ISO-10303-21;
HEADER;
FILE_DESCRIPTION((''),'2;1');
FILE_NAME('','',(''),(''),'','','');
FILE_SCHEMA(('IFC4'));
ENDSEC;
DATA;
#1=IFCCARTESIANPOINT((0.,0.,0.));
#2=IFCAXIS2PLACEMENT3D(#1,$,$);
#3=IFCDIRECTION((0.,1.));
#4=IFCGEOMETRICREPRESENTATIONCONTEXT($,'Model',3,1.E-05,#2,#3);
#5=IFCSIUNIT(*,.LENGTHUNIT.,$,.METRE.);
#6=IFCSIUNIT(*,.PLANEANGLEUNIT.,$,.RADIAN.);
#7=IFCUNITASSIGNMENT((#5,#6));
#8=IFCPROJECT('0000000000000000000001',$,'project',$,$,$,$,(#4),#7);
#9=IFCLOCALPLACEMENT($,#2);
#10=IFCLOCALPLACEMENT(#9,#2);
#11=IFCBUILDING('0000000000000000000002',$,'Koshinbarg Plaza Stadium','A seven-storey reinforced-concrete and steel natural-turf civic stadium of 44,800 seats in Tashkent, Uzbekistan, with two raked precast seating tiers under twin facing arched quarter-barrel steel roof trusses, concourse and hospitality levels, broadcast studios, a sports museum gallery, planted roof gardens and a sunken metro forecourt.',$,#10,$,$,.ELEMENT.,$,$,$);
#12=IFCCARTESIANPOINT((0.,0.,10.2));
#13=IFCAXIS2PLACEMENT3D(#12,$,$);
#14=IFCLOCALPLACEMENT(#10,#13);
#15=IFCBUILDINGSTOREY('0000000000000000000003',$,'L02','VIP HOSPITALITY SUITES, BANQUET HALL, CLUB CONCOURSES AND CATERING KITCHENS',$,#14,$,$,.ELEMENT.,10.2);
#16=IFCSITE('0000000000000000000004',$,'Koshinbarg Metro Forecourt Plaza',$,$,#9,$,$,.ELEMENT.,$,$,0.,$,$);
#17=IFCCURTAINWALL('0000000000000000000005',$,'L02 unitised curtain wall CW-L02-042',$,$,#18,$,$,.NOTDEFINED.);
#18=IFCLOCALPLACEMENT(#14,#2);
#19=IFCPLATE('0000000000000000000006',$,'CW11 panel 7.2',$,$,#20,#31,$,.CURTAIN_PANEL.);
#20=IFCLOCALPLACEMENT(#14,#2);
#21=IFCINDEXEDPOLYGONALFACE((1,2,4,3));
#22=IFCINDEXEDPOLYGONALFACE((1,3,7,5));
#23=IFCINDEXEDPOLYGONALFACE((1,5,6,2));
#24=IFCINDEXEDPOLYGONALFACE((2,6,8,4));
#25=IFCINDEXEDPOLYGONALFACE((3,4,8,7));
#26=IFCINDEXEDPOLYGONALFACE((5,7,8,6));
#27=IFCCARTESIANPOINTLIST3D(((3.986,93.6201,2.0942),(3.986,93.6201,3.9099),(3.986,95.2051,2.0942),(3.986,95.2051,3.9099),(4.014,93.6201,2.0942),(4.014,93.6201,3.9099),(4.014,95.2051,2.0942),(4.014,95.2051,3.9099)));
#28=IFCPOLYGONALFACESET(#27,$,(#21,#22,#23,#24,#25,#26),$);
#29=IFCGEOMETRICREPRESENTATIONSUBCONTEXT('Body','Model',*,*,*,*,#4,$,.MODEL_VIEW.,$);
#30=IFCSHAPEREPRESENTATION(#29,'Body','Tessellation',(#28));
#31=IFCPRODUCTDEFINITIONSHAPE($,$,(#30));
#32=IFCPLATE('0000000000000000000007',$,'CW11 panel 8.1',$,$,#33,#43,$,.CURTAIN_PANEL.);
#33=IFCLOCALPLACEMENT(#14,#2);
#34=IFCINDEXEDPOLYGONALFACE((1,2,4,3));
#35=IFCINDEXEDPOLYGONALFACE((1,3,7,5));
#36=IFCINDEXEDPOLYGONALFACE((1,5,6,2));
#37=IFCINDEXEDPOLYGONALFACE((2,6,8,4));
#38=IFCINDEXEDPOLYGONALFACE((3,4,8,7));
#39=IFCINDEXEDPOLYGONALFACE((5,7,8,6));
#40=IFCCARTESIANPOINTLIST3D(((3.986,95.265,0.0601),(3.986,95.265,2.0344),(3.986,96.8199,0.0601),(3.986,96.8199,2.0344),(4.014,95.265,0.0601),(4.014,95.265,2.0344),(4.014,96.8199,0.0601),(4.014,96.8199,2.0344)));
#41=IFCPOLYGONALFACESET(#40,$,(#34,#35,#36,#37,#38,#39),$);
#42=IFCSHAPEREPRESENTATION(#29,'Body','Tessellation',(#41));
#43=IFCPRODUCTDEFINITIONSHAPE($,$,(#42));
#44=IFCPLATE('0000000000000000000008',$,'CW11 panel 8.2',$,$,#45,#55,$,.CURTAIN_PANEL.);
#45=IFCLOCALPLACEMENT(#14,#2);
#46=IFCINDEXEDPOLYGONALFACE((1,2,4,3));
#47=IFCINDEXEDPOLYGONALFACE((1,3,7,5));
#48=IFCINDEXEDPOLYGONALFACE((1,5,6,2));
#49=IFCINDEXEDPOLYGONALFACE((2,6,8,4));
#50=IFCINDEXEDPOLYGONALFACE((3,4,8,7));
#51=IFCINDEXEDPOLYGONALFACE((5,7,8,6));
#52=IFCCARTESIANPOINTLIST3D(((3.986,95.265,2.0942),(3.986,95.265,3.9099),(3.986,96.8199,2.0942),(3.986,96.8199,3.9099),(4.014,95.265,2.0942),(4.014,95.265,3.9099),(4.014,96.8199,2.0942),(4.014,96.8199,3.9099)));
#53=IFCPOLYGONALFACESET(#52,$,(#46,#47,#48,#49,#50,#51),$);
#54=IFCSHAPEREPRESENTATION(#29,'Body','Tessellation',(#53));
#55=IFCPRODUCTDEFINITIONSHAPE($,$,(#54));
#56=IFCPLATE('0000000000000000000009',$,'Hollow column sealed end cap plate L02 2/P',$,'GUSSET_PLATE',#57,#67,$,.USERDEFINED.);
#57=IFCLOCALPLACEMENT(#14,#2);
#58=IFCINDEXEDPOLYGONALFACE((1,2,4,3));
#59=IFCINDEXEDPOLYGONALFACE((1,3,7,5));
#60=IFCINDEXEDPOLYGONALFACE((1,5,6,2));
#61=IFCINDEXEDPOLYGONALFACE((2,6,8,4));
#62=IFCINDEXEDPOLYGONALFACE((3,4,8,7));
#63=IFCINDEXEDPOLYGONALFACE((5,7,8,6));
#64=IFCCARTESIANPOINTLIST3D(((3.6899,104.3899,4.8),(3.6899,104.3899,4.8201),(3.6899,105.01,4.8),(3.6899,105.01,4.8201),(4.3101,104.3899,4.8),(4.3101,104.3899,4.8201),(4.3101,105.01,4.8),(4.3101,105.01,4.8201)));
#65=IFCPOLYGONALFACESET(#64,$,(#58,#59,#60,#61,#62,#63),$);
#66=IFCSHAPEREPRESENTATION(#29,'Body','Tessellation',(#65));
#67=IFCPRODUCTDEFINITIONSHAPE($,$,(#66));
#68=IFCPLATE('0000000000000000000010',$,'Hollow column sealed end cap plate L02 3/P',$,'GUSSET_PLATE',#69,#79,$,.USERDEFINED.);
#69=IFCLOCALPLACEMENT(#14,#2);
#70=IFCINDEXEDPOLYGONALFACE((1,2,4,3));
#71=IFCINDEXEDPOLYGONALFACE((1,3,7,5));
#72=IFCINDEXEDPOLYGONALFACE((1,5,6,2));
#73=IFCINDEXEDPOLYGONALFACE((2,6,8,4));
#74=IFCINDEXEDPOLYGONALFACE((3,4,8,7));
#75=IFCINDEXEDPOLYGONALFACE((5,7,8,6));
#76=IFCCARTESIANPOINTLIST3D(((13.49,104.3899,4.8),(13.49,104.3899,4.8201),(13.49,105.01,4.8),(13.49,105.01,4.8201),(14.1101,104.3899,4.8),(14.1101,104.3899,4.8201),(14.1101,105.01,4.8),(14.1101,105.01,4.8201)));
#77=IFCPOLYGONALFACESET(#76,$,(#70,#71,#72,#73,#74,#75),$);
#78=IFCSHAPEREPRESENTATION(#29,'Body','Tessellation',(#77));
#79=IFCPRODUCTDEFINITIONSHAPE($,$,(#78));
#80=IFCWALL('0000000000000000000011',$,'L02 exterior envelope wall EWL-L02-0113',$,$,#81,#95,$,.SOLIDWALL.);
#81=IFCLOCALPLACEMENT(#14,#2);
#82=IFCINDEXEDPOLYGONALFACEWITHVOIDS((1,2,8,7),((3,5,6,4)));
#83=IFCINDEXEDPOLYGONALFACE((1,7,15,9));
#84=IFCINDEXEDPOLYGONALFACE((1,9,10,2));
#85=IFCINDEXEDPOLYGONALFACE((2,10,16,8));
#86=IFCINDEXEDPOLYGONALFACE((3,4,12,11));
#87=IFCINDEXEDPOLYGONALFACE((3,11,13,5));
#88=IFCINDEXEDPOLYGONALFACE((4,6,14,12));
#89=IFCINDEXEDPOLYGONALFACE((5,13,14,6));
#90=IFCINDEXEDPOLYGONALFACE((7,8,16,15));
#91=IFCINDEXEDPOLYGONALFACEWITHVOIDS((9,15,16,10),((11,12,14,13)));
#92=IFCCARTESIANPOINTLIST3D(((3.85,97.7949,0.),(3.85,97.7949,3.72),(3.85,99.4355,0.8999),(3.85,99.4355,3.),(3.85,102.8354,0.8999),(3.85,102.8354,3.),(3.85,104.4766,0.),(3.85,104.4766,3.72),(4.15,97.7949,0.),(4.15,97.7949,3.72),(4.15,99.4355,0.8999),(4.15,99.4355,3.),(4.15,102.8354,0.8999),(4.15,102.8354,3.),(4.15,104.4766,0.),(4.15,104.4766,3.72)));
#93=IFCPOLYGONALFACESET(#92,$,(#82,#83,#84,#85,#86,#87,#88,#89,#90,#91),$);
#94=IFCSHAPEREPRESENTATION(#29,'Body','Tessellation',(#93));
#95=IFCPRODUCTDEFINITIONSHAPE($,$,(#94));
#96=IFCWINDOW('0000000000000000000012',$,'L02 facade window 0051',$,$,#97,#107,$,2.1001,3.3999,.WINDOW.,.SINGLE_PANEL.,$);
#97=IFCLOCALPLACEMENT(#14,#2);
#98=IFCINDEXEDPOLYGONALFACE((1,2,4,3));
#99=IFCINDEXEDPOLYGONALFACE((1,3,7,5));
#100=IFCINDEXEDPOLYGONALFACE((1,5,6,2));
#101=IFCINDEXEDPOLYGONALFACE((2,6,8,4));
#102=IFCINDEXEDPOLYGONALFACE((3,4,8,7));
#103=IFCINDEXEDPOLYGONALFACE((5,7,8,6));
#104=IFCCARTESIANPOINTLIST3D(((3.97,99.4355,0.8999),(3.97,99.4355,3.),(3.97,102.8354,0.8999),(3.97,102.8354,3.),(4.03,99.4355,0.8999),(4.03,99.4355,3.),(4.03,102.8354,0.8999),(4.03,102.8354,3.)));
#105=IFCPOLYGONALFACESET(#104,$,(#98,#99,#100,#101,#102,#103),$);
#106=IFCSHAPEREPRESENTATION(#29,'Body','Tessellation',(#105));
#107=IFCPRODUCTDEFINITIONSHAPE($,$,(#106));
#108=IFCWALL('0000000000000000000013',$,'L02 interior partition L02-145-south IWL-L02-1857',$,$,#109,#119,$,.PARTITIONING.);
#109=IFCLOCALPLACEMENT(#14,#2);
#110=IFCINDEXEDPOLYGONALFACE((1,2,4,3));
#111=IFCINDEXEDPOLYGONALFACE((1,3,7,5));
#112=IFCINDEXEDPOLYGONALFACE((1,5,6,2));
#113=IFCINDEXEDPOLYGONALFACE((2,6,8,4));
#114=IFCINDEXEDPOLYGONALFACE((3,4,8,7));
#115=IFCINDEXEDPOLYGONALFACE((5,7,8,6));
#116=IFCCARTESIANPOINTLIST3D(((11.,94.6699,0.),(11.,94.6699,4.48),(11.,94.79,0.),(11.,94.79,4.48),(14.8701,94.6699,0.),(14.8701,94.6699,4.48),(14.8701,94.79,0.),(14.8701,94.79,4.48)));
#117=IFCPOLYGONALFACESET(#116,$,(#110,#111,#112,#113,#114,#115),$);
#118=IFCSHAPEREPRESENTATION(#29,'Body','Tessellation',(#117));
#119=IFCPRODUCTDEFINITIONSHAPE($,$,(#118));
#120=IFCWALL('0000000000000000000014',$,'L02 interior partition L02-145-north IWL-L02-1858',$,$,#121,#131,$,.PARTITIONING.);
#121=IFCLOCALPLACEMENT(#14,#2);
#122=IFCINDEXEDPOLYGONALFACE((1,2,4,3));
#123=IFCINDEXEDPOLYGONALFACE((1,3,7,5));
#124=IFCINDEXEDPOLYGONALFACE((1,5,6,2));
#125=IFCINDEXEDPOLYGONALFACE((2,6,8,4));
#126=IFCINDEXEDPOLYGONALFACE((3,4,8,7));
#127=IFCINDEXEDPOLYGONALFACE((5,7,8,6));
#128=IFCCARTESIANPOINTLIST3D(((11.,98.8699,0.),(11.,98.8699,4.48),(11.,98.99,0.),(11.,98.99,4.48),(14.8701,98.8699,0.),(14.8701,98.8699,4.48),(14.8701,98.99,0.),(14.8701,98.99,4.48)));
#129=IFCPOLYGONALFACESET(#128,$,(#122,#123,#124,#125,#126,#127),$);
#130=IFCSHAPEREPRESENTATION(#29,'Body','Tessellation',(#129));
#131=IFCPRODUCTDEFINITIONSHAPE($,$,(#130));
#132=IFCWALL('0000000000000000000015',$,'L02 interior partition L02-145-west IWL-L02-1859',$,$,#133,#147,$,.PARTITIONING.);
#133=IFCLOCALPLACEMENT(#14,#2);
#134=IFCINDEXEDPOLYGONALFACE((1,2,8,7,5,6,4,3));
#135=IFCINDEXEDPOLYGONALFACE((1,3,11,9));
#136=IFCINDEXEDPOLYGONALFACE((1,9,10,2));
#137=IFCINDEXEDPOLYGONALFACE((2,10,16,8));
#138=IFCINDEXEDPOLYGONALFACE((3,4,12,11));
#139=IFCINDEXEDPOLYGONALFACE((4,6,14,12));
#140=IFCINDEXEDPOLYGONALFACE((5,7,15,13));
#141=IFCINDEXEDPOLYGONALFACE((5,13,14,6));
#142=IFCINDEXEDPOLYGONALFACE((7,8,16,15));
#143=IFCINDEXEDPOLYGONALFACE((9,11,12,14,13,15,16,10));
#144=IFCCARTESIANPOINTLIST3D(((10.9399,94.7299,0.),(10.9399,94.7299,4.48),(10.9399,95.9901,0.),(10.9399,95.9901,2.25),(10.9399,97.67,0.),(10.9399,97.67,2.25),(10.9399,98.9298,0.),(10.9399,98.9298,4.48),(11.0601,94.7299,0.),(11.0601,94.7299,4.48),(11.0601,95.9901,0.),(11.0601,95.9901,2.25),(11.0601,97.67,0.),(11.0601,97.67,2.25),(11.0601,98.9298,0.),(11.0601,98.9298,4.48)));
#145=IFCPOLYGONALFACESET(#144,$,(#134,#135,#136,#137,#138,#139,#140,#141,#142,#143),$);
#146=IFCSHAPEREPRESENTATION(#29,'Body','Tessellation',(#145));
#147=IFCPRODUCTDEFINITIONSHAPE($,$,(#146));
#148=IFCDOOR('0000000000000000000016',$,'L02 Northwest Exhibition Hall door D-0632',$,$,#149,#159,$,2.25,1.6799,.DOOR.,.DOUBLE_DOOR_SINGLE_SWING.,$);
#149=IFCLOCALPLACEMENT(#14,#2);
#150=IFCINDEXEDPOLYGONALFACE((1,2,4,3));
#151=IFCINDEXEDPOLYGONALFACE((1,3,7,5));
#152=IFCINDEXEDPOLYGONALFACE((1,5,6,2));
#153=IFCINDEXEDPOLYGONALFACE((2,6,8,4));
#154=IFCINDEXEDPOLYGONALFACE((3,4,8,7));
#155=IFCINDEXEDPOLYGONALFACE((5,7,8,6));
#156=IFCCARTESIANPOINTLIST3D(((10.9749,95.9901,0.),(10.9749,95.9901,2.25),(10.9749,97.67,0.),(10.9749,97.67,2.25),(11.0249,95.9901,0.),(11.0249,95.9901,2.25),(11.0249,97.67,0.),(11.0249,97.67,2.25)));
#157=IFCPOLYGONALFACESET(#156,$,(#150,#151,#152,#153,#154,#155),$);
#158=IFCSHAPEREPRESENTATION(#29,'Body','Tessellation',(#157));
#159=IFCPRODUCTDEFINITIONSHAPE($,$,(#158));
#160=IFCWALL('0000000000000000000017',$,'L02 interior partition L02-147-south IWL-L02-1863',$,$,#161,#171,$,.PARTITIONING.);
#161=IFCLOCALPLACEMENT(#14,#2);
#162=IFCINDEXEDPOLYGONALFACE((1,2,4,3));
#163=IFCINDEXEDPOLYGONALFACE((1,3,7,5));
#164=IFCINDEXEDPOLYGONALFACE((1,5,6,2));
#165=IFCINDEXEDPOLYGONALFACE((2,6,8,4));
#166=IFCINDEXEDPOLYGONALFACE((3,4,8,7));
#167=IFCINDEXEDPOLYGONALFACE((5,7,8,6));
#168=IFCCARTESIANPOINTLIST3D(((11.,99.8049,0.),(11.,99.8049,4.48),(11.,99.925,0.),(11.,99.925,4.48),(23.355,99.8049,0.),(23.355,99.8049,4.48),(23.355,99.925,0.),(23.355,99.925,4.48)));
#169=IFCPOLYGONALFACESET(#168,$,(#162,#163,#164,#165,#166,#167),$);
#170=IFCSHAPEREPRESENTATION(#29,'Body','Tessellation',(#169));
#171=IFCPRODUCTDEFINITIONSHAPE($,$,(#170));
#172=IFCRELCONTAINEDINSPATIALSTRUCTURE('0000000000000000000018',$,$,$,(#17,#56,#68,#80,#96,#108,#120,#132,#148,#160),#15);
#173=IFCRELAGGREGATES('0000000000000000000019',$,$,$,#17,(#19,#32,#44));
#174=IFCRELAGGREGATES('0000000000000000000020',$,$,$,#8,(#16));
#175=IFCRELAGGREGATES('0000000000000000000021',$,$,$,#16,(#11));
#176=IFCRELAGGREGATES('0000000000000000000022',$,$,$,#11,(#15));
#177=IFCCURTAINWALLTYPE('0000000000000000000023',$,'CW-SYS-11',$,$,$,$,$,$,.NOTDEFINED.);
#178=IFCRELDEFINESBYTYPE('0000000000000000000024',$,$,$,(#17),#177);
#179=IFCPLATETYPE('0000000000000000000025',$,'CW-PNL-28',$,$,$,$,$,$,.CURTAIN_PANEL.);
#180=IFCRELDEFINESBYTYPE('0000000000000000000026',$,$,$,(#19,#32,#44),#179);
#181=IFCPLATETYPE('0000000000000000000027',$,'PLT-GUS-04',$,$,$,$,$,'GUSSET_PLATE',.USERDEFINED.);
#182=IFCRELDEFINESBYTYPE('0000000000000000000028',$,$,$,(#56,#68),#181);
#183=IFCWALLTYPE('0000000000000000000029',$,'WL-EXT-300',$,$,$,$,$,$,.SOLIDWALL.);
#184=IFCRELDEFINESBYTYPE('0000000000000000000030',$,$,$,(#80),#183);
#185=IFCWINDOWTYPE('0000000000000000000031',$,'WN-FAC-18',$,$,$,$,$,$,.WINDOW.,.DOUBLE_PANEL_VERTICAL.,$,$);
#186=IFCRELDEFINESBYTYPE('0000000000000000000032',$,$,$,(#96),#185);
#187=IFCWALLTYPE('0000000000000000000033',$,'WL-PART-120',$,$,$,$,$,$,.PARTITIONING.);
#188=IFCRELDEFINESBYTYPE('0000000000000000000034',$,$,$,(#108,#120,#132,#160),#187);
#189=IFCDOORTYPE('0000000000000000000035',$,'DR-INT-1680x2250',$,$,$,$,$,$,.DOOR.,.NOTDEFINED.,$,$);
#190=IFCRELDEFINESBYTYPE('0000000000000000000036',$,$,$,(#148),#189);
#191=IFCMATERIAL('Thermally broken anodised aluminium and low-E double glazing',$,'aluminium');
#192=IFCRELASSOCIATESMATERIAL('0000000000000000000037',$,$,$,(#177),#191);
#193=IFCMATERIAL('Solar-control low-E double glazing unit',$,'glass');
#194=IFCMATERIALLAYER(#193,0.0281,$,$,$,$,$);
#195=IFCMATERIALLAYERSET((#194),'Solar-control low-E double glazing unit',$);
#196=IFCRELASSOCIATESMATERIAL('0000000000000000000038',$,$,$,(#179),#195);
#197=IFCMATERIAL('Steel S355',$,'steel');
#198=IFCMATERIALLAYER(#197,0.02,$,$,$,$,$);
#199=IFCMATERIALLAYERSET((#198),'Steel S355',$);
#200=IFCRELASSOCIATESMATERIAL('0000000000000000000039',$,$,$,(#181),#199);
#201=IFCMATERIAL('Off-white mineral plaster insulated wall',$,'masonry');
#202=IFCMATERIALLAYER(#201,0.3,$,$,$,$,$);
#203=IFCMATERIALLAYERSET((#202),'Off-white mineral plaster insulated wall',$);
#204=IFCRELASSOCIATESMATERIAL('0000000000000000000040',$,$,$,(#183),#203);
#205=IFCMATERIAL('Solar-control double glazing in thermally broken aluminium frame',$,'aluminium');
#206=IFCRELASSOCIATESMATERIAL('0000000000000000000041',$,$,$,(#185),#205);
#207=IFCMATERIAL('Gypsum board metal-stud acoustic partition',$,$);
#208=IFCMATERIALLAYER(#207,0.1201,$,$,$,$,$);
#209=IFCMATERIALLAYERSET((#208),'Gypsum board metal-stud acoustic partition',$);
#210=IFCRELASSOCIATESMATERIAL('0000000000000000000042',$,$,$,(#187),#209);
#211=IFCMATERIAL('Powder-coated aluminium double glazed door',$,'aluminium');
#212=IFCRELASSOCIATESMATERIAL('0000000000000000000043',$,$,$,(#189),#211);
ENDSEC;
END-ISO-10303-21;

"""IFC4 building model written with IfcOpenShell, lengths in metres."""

from ifc_helpers import new_model, si_unit, direction, frame, frame_2d, origin, origin_2d, place, context, subcontext, project, spatial, rectangle, extrude, material, layer, layer_set, type_object, element, fill, aggregate, save


model = new_model("IFC4")

# Units and contexts
model_context = context("Model", 3, precision=1e-05, world=origin(), true_north=direction((0.0, 1.0)))
body_context = subcontext(model_context, "Body", "Model", "MODEL_VIEW")
ifc_project = project(units=[si_unit("LENGTHUNIT", "METRE"), si_unit("PLANEANGLEUNIT", "RADIAN")], contexts=[model_context])

# Site, building, storey
site_placement = place(None, origin())
site = spatial("IfcSite", under=ifc_project, at=site_placement, Name="Koshinbarg Metro Forecourt Plaza", CompositionType="ELEMENT", RefElevation=0.0)
building_placement = place(site_placement, origin())
building = spatial("IfcBuilding", under=site, at=building_placement, Name="Koshinbarg Plaza Stadium", Description="A seven-storey reinforced-concrete and steel natural-turf civic stadium of 44,800 seats in Tashkent, Uzbekistan, with two raked precast seating tiers under twin facing arched quarter-barrel steel roof trusses, concourse and hospitality levels, broadcast studios, a sports museum gallery, planted roof gardens and a sunken metro forecourt.", CompositionType="ELEMENT")
storey_placement = place(building_placement, frame((0.0, 0.0, 10.2)))
storey = spatial("IfcBuildingStorey", under=building, at=storey_placement, Name="L02", Description="VIP HOSPITALITY SUITES, BANQUET HALL, CLUB CONCOURSES AND CATERING KITCHENS", CompositionType="ELEMENT", Elevation=10.2)

# Shared definitions
ifc_material_1 = material(Name="Steel S355", Category="steel")

# Curtain wall
ifc_material_2 = material(Name="Thermally broken anodised aluminium and low-E double glazing", Category="aluminium")
curtain_wall_type_1 = type_object("IfcCurtainWallType", Name="CW-SYS-11", PredefinedType="NOTDEFINED", material=ifc_material_2)
curtain_wall_1_placement = place(storey_placement, origin())
curtain_wall_1 = element("IfcCurtainWall", 1, at=curtain_wall_1_placement, inside=storey, type_object=curtain_wall_type_1, Name="L02 unitised curtain wall CW-L02-042", PredefinedType="NOTDEFINED")

# Plates
ifc_material_3 = material(Name="Solar-control low-E double glazing unit", Category="glass")
ifc_layer_1 = layer(ifc_material_3, 0.0281)
ifc_layer_set_1 = layer_set([ifc_layer_1], Name="Solar-control low-E double glazing unit")
plate_type_1 = type_object("IfcPlateType", Name="CW-PNL-28", PredefinedType="CURTAIN_PANEL", material=ifc_layer_set_1)
plate_1_placement = place(storey_placement, frame((4.0, 94.4126, 2.0942), z_axis=(0.0, 0.0, 1.0), x_axis=(0.0, 1.0, 0.0)))
plate_1 = element("IfcPlate", 2, at=plate_1_placement, type_object=plate_type_1, Name="CW11 panel 7.2", PredefinedType="CURTAIN_PANEL", context=body_context, shape_type="SweptSolid", body=[
    extrude(rectangle(XDim=1.585, YDim=0.0281, at=origin_2d()), origin(), (0.0, 0.0, 1.0), 1.8157),
])
plate_2_placement = place(storey_placement, frame((4.0, 96.0425, 0.0601), z_axis=(0.0, 0.0, 1.0), x_axis=(0.0, 1.0, 0.0)))
plate_2 = element("IfcPlate", 3, at=plate_2_placement, type_object=plate_type_1, Name="CW11 panel 8.1", PredefinedType="CURTAIN_PANEL", context=body_context, shape_type="SweptSolid", body=[
    extrude(rectangle(XDim=1.5549, YDim=0.0281, at=origin_2d()), origin(), (0.0, 0.0, 1.0), 1.9744),
])
plate_3_placement = place(storey_placement, frame((4.0, 96.0425, 2.0942), z_axis=(0.0, 0.0, 1.0), x_axis=(0.0, 1.0, 0.0)))
plate_3 = element("IfcPlate", 4, at=plate_3_placement, type_object=plate_type_1, Name="CW11 panel 8.2", PredefinedType="CURTAIN_PANEL", context=body_context, shape_type="SweptSolid", body=[
    extrude(rectangle(XDim=1.5549, YDim=0.0281, at=origin_2d()), origin(), (0.0, 0.0, 1.0), 1.8157),
])
aggregate(curtain_wall_1, [plate_1, plate_2, plate_3])

# Plates
ifc_layer_2 = layer(ifc_material_1, 0.02)
ifc_layer_set_2 = layer_set([ifc_layer_2], Name="Steel S355")
plate_type_2 = type_object("IfcPlateType", Name="PLT-GUS-04", ElementType="GUSSET_PLATE", PredefinedType="USERDEFINED", material=ifc_layer_set_2)
for number, where, z_axis, x_axis, name in (
    (5, (4.0, 104.7, 4.8), (0.0, 0.0, 1.0), (1.0, 0.0, 0.0), "Hollow column sealed end cap plate L02 2/P"),
    (6, (13.8, 104.7, 4.8), (0.0, 0.0, 1.0), (1.0, 0.0, 0.0), "Hollow column sealed end cap plate L02 3/P"),
):
    element("IfcPlate", number, at=place(storey_placement, frame(where, z_axis=z_axis, x_axis=x_axis)), inside=storey, type_object=plate_type_2, Name=name, ObjectType="GUSSET_PLATE", PredefinedType="USERDEFINED", context=body_context, shape_type="SweptSolid", body=[
        extrude(rectangle(XDim=0.6201, YDim=0.6201, at=origin_2d()), origin(), (0.0, 0.0, 1.0), 0.02),
    ])

# Wall, opening, window
ifc_material_4 = material(Name="Off-white mineral plaster insulated wall", Category="masonry")
ifc_layer_3 = layer(ifc_material_4, 0.3)
ifc_layer_set_3 = layer_set([ifc_layer_3], Name="Off-white mineral plaster insulated wall")
wall_type_1 = type_object("IfcWallType", Name="WL-EXT-300", PredefinedType="SOLIDWALL", material=ifc_layer_set_3)
wall_1_placement = place(storey_placement, frame((4.0, 97.7949, 0.0), z_axis=(0.0, 0.0, 1.0), x_axis=(0.0, 1.0, 0.0)))
wall_1 = element("IfcWall", 7, at=wall_1_placement, inside=storey, type_object=wall_type_1, Name="L02 exterior envelope wall EWL-L02-0113", PredefinedType="SOLIDWALL", context=body_context, shape_type="SweptSolid", body=[
    extrude(rectangle(XDim=6.6816, YDim=0.3, at=frame_2d((3.3408, 0.0))), origin(), (0.0, 0.0, 1.0), 3.72),
])
opening_1_placement = place(wall_1_placement, frame((1.6406, 0.0, 0.8999)))
opening_1 = element("IfcOpeningElement", 8, at=opening_1_placement, cuts=wall_1, PredefinedType="OPENING", context=body_context, shape_type="SweptSolid", body=[
    extrude(rectangle(XDim=3.3999, YDim=2.1001, at=frame_2d((1.7, 1.05))), frame((0.0, 0.1599, 0.0), z_axis=(0.0, -1.0, 0.0), x_axis=(1.0, 0.0, 0.0)), (0.0, 0.0, 1.0), 0.3201),
])
ifc_material_5 = material(Name="Solar-control double glazing in thermally broken aluminium frame", Category="aluminium")
window_type = type_object("IfcWindowType", Name="WN-FAC-18", PartitioningType="DOUBLE_PANEL_VERTICAL", PredefinedType="WINDOW", material=ifc_material_5)
window_placement = place(opening_1_placement, origin())
window = element("IfcWindow", 9, at=window_placement, inside=storey, type_object=window_type, Name="L02 facade window 0051", OverallHeight=2.1001, OverallWidth=3.3999, PartitioningType="SINGLE_PANEL", PredefinedType="WINDOW", context=body_context, shape_type="SweptSolid", body=[
    extrude(rectangle(XDim=3.3999, YDim=2.1001, at=frame_2d((1.7, 1.05))), frame((0.0, 0.03, 0.0), z_axis=(0.0, -1.0, 0.0), x_axis=(1.0, 0.0, 0.0)), (0.0, 0.0, 1.0), 0.0601),
])
fill(opening_1, window)

# Walls
ifc_material_6 = material(Name="Gypsum board metal-stud acoustic partition")
ifc_layer_4 = layer(ifc_material_6, 0.1201)
ifc_layer_set_4 = layer_set([ifc_layer_4], Name="Gypsum board metal-stud acoustic partition")
wall_type_2 = type_object("IfcWallType", Name="WL-PART-120", PredefinedType="PARTITIONING", material=ifc_layer_set_4)
for number, where, z_axis, x_axis, name in (
    (10, (11.0, 94.73, 0.0), (0.0, 0.0, 1.0), (1.0, 0.0, 0.0), "L02 interior partition L02-145-south IWL-L02-1857"),
    (11, (14.8701, 98.9299, 0.0), (0.0, 0.0, 1.0), (-1.0, 0.0, 0.0), "L02 interior partition L02-145-north IWL-L02-1858"),
):
    element("IfcWall", number, at=place(storey_placement, frame(where, z_axis=z_axis, x_axis=x_axis)), inside=storey, type_object=wall_type_2, Name=name, PredefinedType="PARTITIONING", context=body_context, shape_type="SweptSolid", body=[
        extrude(rectangle(XDim=3.8701, YDim=0.1201, at=frame_2d((1.9351, 0.0))), origin(), (0.0, 0.0, 1.0), 4.48),
    ])

# Wall, opening, door
wall_2_placement = place(storey_placement, frame((11.0, 98.9299, 0.0), z_axis=(0.0, 0.0, 1.0), x_axis=(0.0, -1.0, 0.0)))
wall_2 = element("IfcWall", 12, at=wall_2_placement, inside=storey, type_object=wall_type_2, Name="L02 interior partition L02-145-west IWL-L02-1859", PredefinedType="PARTITIONING", context=body_context, shape_type="SweptSolid", body=[
    extrude(rectangle(XDim=4.2, YDim=0.1201, at=frame_2d((2.1001, 0.0))), origin(), (0.0, 0.0, 1.0), 4.48),
])
opening_2_placement = place(wall_2_placement, frame((1.26, 0.0, 0.0)))
opening_2 = element("IfcOpeningElement", 13, at=opening_2_placement, cuts=wall_2, PredefinedType="OPENING", context=body_context, shape_type="SweptSolid", body=[
    extrude(rectangle(XDim=1.6799, YDim=2.25, at=frame_2d((0.8398, 1.125))), frame((0.0, 0.0701, 0.0), z_axis=(0.0, -1.0, 0.0), x_axis=(1.0, 0.0, 0.0)), (0.0, 0.0, 1.0), 0.1401),
])
ifc_material_7 = material(Name="Powder-coated aluminium double glazed door", Category="aluminium")
door_type = type_object("IfcDoorType", Name="DR-INT-1680x2250", OperationType="NOTDEFINED", PredefinedType="DOOR", material=ifc_material_7)
door_placement = place(opening_2_placement, origin())
door = element("IfcDoor", 14, at=door_placement, inside=storey, type_object=door_type, Name="L02 Northwest Exhibition Hall door D-0632", OperationType="DOUBLE_DOOR_SINGLE_SWING", OverallHeight=2.25, OverallWidth=1.6799, PredefinedType="DOOR", context=body_context, shape_type="SweptSolid", body=[
    extrude(rectangle(XDim=1.6799, YDim=2.25, at=frame_2d((0.8398, 1.125))), frame((0.0, 0.0249, 0.0), z_axis=(0.0, -1.0, 0.0), x_axis=(1.0, 0.0, 0.0)), (0.0, 0.0, 1.0), 0.05),
])
fill(opening_2, door)

# Wall
wall_3_placement = place(storey_placement, frame((11.0, 99.865, 0.0), z_axis=(0.0, 0.0, 1.0), x_axis=(1.0, 0.0, 0.0)))
element("IfcWall", 15, at=wall_3_placement, inside=storey, type_object=wall_type_2, Name="L02 interior partition L02-147-south IWL-L02-1863", PredefinedType="PARTITIONING", context=body_context, shape_type="SweptSolid", body=[
    extrude(rectangle(XDim=12.355, YDim=0.1201, at=frame_2d((6.1775, 0.0))), origin(), (0.0, 0.0, 1.0), 4.48),
])

save(model, "model.ifc")
